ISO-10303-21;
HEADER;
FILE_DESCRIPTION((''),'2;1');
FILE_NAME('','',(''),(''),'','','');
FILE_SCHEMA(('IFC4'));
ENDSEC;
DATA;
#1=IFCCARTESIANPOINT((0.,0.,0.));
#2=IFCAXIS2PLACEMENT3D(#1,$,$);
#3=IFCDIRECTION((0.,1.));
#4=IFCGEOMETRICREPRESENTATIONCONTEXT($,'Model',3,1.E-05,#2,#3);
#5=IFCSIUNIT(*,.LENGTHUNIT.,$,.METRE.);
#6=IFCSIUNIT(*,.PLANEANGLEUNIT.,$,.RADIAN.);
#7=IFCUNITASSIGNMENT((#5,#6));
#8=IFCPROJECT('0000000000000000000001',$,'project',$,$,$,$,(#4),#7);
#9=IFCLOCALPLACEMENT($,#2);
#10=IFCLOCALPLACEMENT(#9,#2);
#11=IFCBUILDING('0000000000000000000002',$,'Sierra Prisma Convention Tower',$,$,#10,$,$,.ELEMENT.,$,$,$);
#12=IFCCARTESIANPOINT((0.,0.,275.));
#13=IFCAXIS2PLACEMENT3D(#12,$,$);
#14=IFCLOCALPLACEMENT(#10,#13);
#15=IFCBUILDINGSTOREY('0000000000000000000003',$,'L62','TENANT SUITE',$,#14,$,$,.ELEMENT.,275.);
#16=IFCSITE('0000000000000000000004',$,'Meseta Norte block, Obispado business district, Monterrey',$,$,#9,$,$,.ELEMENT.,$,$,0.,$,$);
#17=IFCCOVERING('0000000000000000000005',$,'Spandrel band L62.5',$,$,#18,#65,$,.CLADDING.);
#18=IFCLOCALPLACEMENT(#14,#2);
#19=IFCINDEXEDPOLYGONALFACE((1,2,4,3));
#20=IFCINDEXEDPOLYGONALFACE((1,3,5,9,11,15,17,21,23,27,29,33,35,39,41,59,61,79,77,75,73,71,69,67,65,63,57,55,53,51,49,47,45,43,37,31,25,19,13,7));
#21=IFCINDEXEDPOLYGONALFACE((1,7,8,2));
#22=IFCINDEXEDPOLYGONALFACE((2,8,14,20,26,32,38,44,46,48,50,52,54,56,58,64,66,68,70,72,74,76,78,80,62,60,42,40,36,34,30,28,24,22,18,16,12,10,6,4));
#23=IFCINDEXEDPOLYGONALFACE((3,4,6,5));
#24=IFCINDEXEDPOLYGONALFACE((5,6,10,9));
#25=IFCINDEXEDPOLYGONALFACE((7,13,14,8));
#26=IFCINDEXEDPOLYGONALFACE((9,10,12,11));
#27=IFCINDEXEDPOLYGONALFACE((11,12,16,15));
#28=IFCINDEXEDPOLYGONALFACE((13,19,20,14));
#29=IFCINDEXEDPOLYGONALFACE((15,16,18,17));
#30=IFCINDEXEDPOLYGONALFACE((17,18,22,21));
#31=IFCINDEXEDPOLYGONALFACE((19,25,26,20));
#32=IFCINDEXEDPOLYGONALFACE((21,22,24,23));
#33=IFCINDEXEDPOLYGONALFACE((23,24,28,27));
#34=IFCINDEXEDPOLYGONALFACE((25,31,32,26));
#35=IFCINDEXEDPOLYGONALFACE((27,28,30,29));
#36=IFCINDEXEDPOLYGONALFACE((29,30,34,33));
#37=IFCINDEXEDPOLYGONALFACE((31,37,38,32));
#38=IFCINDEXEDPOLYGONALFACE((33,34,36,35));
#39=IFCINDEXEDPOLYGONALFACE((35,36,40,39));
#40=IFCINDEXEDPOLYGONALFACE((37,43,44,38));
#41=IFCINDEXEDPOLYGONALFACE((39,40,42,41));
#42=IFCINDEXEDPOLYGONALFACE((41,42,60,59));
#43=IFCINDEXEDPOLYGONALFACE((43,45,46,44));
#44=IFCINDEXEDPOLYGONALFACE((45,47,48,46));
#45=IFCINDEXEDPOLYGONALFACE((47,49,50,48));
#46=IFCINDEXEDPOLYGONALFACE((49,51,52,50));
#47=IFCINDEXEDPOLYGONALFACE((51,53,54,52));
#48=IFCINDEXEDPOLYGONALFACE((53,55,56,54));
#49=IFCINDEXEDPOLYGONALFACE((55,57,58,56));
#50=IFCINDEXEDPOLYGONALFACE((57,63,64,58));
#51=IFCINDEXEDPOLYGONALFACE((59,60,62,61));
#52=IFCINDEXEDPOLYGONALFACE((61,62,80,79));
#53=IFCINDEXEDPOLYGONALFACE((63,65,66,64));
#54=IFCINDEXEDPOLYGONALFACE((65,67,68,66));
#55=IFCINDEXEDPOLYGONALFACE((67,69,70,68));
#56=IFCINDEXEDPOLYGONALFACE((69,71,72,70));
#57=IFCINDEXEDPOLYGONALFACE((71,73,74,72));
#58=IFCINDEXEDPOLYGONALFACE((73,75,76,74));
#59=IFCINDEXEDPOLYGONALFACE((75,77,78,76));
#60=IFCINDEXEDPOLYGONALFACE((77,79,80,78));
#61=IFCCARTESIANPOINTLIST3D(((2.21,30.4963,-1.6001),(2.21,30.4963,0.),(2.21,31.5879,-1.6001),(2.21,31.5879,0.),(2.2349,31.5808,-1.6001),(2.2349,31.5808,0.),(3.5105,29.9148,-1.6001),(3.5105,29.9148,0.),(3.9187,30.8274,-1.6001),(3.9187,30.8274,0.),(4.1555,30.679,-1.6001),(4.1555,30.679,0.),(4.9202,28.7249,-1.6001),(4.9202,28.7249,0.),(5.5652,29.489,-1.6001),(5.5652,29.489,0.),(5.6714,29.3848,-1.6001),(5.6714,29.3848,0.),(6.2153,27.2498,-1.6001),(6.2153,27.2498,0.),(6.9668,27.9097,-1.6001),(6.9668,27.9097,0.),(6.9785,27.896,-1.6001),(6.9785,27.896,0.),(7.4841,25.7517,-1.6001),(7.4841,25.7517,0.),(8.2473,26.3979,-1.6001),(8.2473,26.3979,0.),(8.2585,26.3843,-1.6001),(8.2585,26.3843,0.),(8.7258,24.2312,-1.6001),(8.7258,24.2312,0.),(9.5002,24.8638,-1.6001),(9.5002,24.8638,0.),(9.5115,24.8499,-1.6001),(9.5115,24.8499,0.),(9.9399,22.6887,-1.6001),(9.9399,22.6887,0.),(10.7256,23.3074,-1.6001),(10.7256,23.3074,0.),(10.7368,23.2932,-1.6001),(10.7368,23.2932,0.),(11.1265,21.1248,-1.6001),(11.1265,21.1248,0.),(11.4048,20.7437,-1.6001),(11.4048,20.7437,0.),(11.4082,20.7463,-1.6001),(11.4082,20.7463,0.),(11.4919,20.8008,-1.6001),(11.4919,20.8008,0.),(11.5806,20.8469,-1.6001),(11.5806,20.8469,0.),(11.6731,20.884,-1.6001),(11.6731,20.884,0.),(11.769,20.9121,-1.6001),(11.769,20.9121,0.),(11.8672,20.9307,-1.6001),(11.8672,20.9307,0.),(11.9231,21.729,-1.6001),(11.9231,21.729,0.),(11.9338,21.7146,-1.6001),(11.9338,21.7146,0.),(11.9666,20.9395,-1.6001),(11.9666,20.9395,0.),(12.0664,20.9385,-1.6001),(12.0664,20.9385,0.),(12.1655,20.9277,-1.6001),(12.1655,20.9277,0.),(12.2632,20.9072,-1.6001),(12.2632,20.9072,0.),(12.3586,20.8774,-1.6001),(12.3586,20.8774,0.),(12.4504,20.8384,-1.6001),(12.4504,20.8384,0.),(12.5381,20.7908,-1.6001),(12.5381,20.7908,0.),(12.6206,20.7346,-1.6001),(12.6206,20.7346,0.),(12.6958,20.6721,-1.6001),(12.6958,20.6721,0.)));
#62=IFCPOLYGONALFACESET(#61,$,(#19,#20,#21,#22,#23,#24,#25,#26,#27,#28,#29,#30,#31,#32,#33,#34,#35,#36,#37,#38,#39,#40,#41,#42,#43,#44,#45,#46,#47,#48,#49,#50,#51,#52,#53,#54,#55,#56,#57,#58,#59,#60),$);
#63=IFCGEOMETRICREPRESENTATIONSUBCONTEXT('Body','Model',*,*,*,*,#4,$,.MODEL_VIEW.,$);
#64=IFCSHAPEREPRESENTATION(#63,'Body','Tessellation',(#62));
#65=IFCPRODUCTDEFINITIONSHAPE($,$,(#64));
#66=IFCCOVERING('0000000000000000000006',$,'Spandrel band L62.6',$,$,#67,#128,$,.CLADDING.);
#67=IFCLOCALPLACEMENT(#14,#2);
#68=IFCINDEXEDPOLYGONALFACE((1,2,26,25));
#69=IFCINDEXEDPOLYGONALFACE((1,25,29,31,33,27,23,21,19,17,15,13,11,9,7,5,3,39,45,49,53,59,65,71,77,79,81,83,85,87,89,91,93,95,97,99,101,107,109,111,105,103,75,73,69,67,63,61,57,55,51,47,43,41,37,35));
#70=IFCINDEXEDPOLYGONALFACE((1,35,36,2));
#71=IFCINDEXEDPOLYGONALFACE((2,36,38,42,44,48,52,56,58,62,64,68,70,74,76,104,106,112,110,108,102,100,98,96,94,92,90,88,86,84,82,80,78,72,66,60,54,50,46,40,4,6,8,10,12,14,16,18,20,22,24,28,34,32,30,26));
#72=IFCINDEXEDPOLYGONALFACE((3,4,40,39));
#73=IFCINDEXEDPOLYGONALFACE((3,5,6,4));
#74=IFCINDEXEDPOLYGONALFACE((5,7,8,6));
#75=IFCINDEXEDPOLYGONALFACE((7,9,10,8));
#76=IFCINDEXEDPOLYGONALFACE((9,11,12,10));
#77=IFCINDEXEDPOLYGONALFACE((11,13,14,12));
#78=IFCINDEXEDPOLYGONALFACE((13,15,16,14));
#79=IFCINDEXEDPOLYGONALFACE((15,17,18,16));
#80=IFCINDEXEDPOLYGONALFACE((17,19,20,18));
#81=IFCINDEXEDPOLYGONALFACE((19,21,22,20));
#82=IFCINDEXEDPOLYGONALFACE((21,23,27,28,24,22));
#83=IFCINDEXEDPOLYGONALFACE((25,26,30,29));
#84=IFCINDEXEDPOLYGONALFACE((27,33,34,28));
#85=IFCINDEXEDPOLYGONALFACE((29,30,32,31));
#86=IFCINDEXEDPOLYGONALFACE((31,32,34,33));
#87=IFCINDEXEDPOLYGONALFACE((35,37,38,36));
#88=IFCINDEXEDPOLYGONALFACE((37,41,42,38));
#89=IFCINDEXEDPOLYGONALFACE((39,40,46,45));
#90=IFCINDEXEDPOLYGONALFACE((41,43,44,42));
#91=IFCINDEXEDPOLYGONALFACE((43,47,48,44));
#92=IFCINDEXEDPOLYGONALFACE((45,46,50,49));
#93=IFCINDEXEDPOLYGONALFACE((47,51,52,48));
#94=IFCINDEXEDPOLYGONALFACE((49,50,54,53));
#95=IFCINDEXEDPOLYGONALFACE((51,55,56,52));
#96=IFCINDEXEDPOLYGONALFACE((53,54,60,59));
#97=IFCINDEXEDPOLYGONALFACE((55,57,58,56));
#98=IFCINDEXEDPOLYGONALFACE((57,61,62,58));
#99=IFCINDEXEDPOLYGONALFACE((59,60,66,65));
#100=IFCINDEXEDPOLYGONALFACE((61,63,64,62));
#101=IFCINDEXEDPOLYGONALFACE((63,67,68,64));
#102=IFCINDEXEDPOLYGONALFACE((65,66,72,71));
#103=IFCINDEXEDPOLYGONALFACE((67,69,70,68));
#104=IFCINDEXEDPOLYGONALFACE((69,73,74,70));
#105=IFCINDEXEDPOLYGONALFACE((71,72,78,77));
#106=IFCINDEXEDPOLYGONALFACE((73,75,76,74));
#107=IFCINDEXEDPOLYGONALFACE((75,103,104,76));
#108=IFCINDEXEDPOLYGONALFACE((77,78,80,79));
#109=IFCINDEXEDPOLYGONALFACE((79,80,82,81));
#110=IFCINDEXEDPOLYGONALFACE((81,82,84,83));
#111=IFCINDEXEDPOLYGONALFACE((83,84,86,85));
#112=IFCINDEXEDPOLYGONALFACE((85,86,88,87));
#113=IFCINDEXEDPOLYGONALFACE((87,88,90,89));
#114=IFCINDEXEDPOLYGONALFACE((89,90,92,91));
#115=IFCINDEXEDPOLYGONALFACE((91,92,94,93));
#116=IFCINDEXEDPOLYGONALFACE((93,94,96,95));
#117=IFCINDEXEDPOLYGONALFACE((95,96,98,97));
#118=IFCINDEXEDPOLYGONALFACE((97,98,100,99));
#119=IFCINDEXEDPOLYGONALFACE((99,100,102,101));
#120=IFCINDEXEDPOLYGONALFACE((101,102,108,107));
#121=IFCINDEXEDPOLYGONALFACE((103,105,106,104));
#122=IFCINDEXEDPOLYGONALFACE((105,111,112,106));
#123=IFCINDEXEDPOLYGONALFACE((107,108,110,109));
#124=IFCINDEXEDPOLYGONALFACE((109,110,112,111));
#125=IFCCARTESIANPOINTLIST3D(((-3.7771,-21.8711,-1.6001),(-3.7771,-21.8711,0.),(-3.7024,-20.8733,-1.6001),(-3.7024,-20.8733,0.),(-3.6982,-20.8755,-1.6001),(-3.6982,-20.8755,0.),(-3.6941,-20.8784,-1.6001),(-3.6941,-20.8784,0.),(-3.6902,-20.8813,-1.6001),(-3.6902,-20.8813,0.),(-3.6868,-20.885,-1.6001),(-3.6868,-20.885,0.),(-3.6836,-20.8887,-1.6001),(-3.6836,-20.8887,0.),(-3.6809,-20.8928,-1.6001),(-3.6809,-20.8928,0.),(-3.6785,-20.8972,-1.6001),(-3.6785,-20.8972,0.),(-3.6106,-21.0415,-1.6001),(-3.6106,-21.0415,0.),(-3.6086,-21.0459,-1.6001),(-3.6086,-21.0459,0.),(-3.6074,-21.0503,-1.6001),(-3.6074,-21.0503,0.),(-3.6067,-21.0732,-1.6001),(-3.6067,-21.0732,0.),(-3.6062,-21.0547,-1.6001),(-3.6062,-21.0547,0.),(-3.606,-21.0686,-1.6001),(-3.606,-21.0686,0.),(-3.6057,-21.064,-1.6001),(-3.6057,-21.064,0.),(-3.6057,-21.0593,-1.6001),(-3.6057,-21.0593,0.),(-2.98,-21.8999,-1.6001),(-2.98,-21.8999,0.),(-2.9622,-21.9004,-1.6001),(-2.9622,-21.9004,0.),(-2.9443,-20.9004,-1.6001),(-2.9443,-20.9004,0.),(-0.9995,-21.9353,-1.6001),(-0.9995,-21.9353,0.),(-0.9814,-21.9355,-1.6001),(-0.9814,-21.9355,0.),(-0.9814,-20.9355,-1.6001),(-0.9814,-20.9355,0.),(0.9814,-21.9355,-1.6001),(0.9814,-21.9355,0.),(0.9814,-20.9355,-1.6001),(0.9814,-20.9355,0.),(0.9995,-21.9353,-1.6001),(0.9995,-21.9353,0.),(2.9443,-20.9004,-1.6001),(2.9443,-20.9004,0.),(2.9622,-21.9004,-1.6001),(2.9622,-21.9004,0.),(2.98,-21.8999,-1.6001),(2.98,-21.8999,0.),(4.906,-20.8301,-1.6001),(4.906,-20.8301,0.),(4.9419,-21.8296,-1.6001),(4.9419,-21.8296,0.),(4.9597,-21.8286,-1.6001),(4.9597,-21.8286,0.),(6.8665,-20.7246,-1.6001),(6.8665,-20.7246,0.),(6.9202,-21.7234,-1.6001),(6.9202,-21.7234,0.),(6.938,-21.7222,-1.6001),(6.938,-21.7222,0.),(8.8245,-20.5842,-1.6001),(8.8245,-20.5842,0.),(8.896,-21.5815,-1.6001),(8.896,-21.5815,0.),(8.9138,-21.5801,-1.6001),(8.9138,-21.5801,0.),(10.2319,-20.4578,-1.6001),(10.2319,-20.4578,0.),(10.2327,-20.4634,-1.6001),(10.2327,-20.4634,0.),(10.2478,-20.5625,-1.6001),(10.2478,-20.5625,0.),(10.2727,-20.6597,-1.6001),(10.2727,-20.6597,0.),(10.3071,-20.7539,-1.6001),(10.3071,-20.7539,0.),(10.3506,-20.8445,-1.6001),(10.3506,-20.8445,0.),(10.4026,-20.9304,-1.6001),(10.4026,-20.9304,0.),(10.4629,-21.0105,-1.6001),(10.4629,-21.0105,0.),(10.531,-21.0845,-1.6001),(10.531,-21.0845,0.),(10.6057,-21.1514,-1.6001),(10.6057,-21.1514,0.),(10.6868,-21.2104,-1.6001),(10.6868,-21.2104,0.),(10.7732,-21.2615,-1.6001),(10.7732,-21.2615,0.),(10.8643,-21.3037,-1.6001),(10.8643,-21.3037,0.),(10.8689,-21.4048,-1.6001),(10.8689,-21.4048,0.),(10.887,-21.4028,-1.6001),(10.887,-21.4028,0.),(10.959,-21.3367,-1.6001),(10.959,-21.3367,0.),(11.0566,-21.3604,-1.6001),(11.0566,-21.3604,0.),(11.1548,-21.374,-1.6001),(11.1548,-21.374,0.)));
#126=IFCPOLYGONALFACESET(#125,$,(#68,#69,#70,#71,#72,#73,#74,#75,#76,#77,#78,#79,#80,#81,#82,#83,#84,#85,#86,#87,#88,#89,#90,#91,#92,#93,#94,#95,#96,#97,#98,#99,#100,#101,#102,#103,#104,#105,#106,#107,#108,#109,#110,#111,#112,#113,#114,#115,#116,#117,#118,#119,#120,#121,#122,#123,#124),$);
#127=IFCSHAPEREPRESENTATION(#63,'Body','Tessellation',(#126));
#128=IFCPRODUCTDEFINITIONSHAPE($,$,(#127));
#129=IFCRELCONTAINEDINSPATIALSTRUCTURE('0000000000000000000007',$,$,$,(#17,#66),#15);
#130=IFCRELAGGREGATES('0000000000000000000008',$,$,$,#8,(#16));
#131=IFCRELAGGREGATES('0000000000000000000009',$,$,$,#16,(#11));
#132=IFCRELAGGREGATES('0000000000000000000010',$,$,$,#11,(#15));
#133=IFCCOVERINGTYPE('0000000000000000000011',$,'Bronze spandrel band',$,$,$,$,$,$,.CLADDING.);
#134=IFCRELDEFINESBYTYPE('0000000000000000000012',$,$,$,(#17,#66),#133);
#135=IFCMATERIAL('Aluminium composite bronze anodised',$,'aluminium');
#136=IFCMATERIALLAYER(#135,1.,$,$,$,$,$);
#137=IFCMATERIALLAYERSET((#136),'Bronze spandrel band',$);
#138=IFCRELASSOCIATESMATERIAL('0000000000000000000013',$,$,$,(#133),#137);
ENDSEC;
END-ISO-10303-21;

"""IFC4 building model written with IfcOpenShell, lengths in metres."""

from ifc_helpers import new_model, si_unit, direction, frame, origin, place, context, subcontext, project, spatial, polyline, outline, extrude, material, layer, layer_set, type_object, element, save


model = new_model("IFC4")

# Units and contexts
model_context = context("Model", 3, precision=1e-05, world=origin(), true_north=direction((0.0, 1.0)))
body_context = subcontext(model_context, "Body", "Model", "MODEL_VIEW")
ifc_project = project(units=[si_unit("LENGTHUNIT", "METRE"), si_unit("PLANEANGLEUNIT", "RADIAN")], contexts=[model_context])

# Site, building, storey
site_placement = place(None, origin())
site = spatial("IfcSite", under=ifc_project, at=site_placement, Name="Meseta Norte block, Obispado business district, Monterrey", CompositionType="ELEMENT", RefElevation=0.0)
building_placement = place(site_placement, origin())
building = spatial("IfcBuilding", under=site, at=building_placement, Name="Sierra Prisma Convention Tower", CompositionType="ELEMENT")
storey_placement = place(building_placement, frame((0.0, 0.0, 275.0)))
storey = spatial("IfcBuildingStorey", under=building, at=storey_placement, Name="L62", Description="TENANT SUITE", CompositionType="ELEMENT", Elevation=275.0)

# Coverings
ifc_material_1 = material(Name="Aluminium composite bronze anodised", Category="aluminium")
ifc_layer_1 = layer(ifc_material_1, 1.0)
ifc_layer_set_1 = layer_set([ifc_layer_1], Name="Bronze spandrel band")
covering_type_1 = type_object("IfcCoveringType", Name="Bronze spandrel band", PredefinedType="CLADDING", material=ifc_layer_set_1)
covering_1_placement = place(storey_placement, frame((0.0, 0.0, -1.6001)))
element("IfcCovering", 1, at=covering_1_placement, inside=storey, type_object=covering_type_1, Name="Spandrel band L62.5", PredefinedType="CLADDING", context=body_context, shape_type="SweptSolid", body=[
    extrude(outline(polyline([(4.1555, 30.679), (5.5652, 29.489), (5.6714, 29.3848), (6.9668, 27.9097), (6.9785, 27.896), (8.2473, 26.3979), (8.2585, 26.3843), (9.5002, 24.8638), (9.5115, 24.8499), (10.7256, 23.3074), (10.7368, 23.2932), (11.9231, 21.729), (11.9338, 21.7146), (12.6958, 20.6721), (12.6206, 20.7346), (12.5381, 20.7908), (12.4504, 20.8384), (12.3586, 20.8774), (12.2632, 20.9072), (12.1655, 20.9277), (12.0664, 20.9385), (11.9666, 20.9395), (11.8672, 20.9307), (11.769, 20.9121), (11.6731, 20.884), (11.5806, 20.8469), (11.4919, 20.8008), (11.4082, 20.7463), (11.4048, 20.7437), (11.1265, 21.1248), (9.9399, 22.6887), (8.7258, 24.2312), (7.4841, 25.7517), (6.2153, 27.2498), (4.9202, 28.7249), (3.5105, 29.9148), (2.21, 30.4963), (2.21, 31.5879), (2.2349, 31.5808), (3.9187, 30.8274), (4.1555, 30.679)])), origin(), (0.0, 0.0, 1.0), 1.6001),
])
covering_2_placement = place(storey_placement, frame((0.0, 0.0, -1.6001)))
element("IfcCovering", 2, at=covering_2_placement, inside=storey, type_object=covering_type_1, Name="Spandrel band L62.6", PredefinedType="CLADDING", context=body_context, shape_type="SweptSolid", body=[
    extrude(outline(polyline([(10.887, -21.4028), (10.8689, -21.4048), (8.9138, -21.5801), (8.896, -21.5815), (6.938, -21.7222), (6.9202, -21.7234), (4.9597, -21.8286), (4.9419, -21.8296), (2.98, -21.8999), (2.9622, -21.9004), (0.9995, -21.9353), (0.9814, -21.9355), (-0.9814, -21.9355), (-0.9995, -21.9353), (-2.9622, -21.9004), (-2.98, -21.8999), (-3.7771, -21.8711), (-3.6067, -21.0732), (-3.606, -21.0686), (-3.6057, -21.064), (-3.6057, -21.0593), (-3.6062, -21.0547), (-3.6074, -21.0503), (-3.6086, -21.0459), (-3.6106, -21.0415), (-3.6785, -20.8972), (-3.6809, -20.8928), (-3.6836, -20.8887), (-3.6868, -20.885), (-3.6902, -20.8813), (-3.6941, -20.8784), (-3.6982, -20.8755), (-3.7024, -20.8733), (-2.9443, -20.9004), (-0.9814, -20.9355), (0.9814, -20.9355), (2.9443, -20.9004), (4.906, -20.8301), (6.8665, -20.7246), (8.8245, -20.5842), (10.2319, -20.4578), (10.2327, -20.4634), (10.2478, -20.5625), (10.2727, -20.6597), (10.3071, -20.7539), (10.3506, -20.8445), (10.4026, -20.9304), (10.4629, -21.0105), (10.531, -21.0845), (10.6057, -21.1514), (10.6868, -21.2104), (10.7732, -21.2615), (10.8643, -21.3037), (10.959, -21.3367), (11.0566, -21.3604), (11.1548, -21.374), (10.887, -21.4028)])), origin(), (0.0, 0.0, 1.0), 1.6001),
])

save(model, "model.ifc")
